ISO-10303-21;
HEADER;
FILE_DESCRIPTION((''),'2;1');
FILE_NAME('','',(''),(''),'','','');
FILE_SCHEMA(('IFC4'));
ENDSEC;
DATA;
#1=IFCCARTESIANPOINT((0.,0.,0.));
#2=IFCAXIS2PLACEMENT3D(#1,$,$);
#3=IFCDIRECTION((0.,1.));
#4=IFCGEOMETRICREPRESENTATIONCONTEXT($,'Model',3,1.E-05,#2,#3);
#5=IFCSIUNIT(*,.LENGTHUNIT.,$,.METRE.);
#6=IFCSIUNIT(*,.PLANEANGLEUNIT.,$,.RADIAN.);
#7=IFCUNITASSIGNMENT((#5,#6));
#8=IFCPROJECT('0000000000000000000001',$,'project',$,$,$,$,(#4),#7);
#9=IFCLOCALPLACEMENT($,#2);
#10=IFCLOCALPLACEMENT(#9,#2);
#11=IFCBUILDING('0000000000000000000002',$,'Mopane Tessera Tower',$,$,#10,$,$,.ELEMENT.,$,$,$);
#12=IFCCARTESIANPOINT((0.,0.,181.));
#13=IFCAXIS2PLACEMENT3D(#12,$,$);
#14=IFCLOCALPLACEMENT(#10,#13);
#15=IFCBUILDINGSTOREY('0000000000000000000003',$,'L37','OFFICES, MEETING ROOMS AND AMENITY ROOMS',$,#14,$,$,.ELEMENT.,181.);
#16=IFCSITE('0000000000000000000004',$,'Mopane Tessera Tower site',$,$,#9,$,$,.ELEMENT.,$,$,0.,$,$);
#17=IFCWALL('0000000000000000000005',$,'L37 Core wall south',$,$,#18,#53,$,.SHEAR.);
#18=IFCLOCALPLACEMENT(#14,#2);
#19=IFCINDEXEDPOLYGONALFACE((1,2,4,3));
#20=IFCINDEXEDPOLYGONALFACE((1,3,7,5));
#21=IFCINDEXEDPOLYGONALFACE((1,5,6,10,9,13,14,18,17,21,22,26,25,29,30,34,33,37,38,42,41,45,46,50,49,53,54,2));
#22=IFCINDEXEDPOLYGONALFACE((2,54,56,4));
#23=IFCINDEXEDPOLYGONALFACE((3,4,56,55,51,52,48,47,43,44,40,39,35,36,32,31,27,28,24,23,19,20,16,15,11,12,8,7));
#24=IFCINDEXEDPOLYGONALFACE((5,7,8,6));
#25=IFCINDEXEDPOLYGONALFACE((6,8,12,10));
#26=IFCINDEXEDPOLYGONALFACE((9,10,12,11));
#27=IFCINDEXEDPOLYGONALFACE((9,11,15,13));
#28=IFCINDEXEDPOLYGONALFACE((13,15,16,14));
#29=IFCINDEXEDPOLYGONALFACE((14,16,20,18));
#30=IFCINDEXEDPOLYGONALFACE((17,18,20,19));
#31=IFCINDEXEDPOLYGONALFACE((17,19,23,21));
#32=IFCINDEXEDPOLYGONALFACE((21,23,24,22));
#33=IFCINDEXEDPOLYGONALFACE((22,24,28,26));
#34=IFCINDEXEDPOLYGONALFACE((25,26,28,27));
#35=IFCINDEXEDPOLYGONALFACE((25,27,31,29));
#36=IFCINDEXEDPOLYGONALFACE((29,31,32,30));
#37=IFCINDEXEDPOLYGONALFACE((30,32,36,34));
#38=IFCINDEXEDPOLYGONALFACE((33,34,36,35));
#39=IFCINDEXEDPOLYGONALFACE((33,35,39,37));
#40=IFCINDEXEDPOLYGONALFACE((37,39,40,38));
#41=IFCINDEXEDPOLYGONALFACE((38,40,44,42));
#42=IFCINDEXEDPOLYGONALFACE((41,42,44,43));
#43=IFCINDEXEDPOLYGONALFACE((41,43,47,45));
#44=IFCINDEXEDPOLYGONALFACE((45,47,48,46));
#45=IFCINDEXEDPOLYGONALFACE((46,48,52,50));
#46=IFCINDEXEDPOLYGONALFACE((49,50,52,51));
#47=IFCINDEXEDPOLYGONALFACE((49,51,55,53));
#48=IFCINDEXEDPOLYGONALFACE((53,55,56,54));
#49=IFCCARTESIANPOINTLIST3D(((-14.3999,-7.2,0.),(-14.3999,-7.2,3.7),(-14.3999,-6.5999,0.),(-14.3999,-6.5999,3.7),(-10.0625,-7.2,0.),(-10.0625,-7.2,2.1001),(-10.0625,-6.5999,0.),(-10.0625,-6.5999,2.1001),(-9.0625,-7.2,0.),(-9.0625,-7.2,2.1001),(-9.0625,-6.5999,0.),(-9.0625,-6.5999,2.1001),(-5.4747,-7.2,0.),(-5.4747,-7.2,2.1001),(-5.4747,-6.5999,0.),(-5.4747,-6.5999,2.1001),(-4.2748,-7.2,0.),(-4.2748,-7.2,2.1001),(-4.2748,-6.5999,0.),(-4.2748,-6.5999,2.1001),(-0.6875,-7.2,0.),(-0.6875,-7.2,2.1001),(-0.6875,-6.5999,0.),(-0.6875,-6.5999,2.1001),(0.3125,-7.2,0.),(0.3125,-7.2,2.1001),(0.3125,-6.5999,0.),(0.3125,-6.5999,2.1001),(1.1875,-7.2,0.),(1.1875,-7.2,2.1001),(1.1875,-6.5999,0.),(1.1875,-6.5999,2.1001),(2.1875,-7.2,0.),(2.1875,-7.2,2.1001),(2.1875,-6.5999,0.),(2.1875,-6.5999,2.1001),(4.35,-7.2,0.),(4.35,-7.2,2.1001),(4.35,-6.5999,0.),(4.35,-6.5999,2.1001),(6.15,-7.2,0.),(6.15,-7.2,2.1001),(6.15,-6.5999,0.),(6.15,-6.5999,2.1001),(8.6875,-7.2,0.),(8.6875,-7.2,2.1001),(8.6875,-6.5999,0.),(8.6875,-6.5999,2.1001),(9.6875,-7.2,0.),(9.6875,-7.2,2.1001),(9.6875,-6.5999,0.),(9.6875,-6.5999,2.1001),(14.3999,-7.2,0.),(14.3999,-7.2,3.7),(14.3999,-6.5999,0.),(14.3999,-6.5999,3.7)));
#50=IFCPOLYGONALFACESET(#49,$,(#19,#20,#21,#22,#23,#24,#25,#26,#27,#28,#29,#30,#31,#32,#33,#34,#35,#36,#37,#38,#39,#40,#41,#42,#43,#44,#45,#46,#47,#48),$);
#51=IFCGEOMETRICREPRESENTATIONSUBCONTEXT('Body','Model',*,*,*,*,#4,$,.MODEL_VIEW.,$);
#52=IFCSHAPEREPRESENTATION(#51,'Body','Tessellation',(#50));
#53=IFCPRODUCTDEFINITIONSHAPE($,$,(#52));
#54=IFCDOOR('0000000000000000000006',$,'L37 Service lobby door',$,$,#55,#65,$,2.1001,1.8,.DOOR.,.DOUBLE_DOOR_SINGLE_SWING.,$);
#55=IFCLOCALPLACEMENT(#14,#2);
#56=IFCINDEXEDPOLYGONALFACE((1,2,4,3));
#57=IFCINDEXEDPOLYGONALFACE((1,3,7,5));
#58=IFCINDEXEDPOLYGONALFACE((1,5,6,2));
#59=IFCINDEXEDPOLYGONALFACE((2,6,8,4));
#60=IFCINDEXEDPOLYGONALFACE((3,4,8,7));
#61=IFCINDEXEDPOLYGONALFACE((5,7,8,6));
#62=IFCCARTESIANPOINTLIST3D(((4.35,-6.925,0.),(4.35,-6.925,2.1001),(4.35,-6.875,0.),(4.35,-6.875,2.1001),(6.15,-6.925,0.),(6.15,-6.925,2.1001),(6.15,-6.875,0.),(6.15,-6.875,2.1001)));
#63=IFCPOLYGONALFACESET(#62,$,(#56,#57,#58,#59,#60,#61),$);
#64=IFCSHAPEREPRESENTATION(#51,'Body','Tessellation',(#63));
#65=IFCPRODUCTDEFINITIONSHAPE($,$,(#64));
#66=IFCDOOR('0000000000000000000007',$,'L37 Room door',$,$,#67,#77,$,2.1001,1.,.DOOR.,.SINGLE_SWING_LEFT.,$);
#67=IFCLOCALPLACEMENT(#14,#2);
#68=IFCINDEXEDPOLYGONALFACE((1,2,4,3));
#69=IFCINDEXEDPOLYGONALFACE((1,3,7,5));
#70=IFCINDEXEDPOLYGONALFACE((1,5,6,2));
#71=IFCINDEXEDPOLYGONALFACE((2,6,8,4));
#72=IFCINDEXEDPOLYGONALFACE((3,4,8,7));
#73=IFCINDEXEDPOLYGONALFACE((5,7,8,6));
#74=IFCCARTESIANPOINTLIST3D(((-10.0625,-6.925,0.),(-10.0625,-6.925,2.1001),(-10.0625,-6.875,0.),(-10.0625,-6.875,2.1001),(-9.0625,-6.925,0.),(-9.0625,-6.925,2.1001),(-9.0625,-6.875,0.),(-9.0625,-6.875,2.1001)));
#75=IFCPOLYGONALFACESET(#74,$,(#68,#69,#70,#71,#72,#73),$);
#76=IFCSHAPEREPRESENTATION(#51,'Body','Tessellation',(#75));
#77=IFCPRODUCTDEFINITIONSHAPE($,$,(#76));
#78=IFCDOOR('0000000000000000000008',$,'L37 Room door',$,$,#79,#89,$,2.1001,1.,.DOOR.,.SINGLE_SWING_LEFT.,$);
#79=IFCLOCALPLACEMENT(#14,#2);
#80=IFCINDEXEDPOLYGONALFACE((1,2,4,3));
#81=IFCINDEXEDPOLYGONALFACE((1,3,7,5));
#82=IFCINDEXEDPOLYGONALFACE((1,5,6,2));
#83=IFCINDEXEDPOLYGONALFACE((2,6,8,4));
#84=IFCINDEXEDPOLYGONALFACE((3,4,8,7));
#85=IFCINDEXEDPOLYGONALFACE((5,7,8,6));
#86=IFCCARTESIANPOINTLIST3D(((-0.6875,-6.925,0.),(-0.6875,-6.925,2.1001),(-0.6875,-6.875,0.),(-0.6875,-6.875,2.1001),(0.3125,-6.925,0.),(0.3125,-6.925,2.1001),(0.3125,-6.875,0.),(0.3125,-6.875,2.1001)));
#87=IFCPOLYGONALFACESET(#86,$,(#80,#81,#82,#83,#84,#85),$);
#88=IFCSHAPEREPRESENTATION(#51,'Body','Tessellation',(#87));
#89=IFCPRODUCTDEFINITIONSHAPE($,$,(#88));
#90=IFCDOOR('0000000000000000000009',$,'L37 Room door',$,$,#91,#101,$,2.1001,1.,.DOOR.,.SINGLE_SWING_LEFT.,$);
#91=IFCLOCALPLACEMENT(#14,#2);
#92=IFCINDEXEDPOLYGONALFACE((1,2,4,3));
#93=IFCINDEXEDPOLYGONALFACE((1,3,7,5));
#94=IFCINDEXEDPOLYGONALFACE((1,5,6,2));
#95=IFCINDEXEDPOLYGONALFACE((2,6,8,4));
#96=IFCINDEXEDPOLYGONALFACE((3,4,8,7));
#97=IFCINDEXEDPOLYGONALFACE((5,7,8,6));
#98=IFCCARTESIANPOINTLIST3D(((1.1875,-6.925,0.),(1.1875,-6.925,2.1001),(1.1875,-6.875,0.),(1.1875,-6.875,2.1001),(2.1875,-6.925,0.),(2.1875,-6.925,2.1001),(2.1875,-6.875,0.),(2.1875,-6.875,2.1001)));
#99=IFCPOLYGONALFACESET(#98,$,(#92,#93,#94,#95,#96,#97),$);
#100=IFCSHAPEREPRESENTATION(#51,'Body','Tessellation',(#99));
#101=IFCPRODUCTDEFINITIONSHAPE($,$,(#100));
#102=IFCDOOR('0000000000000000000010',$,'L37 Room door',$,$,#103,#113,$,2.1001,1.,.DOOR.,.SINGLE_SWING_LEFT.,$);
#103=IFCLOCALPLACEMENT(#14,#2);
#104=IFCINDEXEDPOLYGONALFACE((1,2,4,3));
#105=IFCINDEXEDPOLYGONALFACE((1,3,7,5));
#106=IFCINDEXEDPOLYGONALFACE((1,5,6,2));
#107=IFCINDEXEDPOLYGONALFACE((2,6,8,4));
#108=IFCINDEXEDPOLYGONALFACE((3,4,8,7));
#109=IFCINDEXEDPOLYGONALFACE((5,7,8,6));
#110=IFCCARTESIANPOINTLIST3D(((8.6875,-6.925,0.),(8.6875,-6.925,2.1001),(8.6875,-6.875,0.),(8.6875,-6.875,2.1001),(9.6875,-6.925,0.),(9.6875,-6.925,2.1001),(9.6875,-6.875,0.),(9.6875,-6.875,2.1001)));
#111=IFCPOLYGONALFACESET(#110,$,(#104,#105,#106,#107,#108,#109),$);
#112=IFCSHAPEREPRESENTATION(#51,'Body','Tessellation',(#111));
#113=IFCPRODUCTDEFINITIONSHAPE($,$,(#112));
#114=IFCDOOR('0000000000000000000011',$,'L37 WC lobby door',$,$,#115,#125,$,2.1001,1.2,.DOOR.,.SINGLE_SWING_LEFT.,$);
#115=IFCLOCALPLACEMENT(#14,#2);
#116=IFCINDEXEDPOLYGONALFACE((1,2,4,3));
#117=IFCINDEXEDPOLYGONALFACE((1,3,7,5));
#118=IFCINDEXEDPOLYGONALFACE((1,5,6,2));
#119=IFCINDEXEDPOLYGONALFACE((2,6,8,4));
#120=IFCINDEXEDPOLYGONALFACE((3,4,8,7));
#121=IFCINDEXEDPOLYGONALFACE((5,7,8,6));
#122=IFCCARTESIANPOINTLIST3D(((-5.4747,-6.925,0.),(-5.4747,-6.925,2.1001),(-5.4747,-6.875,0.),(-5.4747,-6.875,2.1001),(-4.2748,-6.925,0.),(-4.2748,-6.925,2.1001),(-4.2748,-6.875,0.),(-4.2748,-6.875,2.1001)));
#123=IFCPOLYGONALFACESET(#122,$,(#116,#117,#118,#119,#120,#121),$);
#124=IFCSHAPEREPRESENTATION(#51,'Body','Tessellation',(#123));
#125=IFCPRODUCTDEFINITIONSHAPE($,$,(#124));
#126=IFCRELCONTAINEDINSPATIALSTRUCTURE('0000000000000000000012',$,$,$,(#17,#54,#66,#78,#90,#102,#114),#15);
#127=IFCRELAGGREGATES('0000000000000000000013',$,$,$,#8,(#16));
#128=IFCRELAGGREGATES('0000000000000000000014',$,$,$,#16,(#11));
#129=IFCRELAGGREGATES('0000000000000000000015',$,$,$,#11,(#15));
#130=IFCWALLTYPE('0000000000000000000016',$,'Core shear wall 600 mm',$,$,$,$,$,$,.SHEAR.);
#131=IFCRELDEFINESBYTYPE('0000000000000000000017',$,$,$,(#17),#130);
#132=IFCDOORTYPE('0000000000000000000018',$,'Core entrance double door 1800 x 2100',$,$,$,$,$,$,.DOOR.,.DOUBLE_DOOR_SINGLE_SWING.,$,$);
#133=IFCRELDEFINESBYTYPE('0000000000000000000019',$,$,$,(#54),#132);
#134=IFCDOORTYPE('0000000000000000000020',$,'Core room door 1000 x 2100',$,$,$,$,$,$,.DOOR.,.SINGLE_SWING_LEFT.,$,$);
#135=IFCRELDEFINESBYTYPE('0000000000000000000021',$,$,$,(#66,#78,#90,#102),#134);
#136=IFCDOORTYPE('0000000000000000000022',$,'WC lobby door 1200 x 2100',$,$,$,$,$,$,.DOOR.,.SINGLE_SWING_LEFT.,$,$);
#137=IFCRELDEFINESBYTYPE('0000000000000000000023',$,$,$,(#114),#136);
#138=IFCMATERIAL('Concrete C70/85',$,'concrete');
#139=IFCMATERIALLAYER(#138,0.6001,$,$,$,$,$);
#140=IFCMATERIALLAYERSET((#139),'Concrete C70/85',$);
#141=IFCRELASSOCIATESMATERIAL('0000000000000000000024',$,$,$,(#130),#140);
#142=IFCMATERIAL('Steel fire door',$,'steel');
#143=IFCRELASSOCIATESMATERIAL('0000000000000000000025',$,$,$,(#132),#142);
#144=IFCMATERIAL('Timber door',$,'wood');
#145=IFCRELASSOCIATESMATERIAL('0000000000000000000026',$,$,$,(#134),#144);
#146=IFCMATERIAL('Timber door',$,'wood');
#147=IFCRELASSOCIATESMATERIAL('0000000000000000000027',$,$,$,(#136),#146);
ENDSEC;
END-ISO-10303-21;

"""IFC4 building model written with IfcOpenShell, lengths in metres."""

from ifc_helpers import new_model, si_unit, direction, frame, frame_2d, origin, place, context, subcontext, project, spatial, rectangle, extrude, material, layer, layer_set, type_object, element, fill, save


model = new_model("IFC4")

# Units and contexts
model_context = context("Model", 3, precision=1e-05, world=origin(), true_north=direction((0.0, 1.0)))
body_context = subcontext(model_context, "Body", "Model", "MODEL_VIEW")
ifc_project = project(units=[si_unit("LENGTHUNIT", "METRE"), si_unit("PLANEANGLEUNIT", "RADIAN")], contexts=[model_context])

# Site, building, storey
site_placement = place(None, origin())
site = spatial("IfcSite", under=ifc_project, at=site_placement, Name="Mopane Tessera Tower site", CompositionType="ELEMENT", RefElevation=0.0)
building_placement = place(site_placement, origin())
building = spatial("IfcBuilding", under=site, at=building_placement, Name="Mopane Tessera Tower", CompositionType="ELEMENT")
storey_placement = place(building_placement, frame((0.0, 0.0, 181.0)))
storey = spatial("IfcBuildingStorey", under=building, at=storey_placement, Name="L37", Description="OFFICES, MEETING ROOMS AND AMENITY ROOMS", CompositionType="ELEMENT", Elevation=181.0)

# Wall, openings, doors
ifc_material_1 = material(Name="Concrete C70/85", Category="concrete")
ifc_layer_1 = layer(ifc_material_1, 0.6001)
ifc_layer_set_1 = layer_set([ifc_layer_1], Name="Concrete C70/85")
wall_type_1 = type_object("IfcWallType", Name="Core shear wall 600 mm", PredefinedType="SHEAR", material=ifc_layer_set_1)
wall_1_placement = place(storey_placement, frame((-14.3999, -6.8999, 0.0), z_axis=(0.0, 0.0, 1.0), x_axis=(1.0, 0.0, 0.0)))
wall_1 = element("IfcWall", 1, at=wall_1_placement, inside=storey, type_object=wall_type_1, Name="L37 Core wall south", PredefinedType="SHEAR", context=body_context, shape_type="SweptSolid", body=[
    extrude(rectangle(XDim=28.7998, YDim=0.6001, at=frame_2d((14.3999, 0.0))), origin(), (0.0, 0.0, 1.0), 3.7),
])
opening_1_placement = place(wall_1_placement, frame((4.3374, 0.0, 0.0)))
opening_1 = element("IfcOpeningElement", 2, at=opening_1_placement, cuts=wall_1, PredefinedType="OPENING", context=body_context, shape_type="SweptSolid", body=[
    extrude(rectangle(XDim=1.0, YDim=2.1001, at=frame_2d((0.5, 1.05))), frame((0.0, 0.312, 0.0), z_axis=(0.0, -1.0, 0.0), x_axis=(1.0, 0.0, 0.0)), (0.0, 0.0, 1.0), 0.624),
])
opening_2_placement = place(wall_1_placement, frame((8.925, 0.0, 0.0)))
opening_2 = element("IfcOpeningElement", 3, at=opening_2_placement, cuts=wall_1, PredefinedType="OPENING", context=body_context, shape_type="SweptSolid", body=[
    extrude(rectangle(XDim=1.2, YDim=2.1001, at=frame_2d((0.6001, 1.05))), frame((0.0, 0.312, 0.0), z_axis=(0.0, -1.0, 0.0), x_axis=(1.0, 0.0, 0.0)), (0.0, 0.0, 1.0), 0.624),
])
opening_3_placement = place(wall_1_placement, frame((13.7124, 0.0, 0.0)))
opening_3 = element("IfcOpeningElement", 4, at=opening_3_placement, cuts=wall_1, PredefinedType="OPENING", context=body_context, shape_type="SweptSolid", body=[
    extrude(rectangle(XDim=1.0, YDim=2.1001, at=frame_2d((0.5, 1.05))), frame((0.0, 0.312, 0.0), z_axis=(0.0, -1.0, 0.0), x_axis=(1.0, 0.0, 0.0)), (0.0, 0.0, 1.0), 0.624),
])
opening_4_placement = place(wall_1_placement, frame((15.5874, 0.0, 0.0)))
opening_4 = element("IfcOpeningElement", 5, at=opening_4_placement, cuts=wall_1, PredefinedType="OPENING", context=body_context, shape_type="SweptSolid", body=[
    extrude(rectangle(XDim=1.0, YDim=2.1001, at=frame_2d((0.5, 1.05))), frame((0.0, 0.312, 0.0), z_axis=(0.0, -1.0, 0.0), x_axis=(1.0, 0.0, 0.0)), (0.0, 0.0, 1.0), 0.624),
])
opening_5_placement = place(wall_1_placement, frame((18.75, 0.0, 0.0)))
opening_5 = element("IfcOpeningElement", 6, at=opening_5_placement, cuts=wall_1, PredefinedType="OPENING", context=body_context, shape_type="SweptSolid", body=[
    extrude(rectangle(XDim=1.8, YDim=2.1001, at=frame_2d((0.8999, 1.05))), frame((0.0, 0.312, 0.0), z_axis=(0.0, -1.0, 0.0), x_axis=(1.0, 0.0, 0.0)), (0.0, 0.0, 1.0), 0.624),
])
opening_6_placement = place(wall_1_placement, frame((23.0874, 0.0, 0.0)))
opening_6 = element("IfcOpeningElement", 7, at=opening_6_placement, cuts=wall_1, PredefinedType="OPENING", context=body_context, shape_type="SweptSolid", body=[
    extrude(rectangle(XDim=1.0, YDim=2.1001, at=frame_2d((0.5, 1.05))), frame((0.0, 0.312, 0.0), z_axis=(0.0, -1.0, 0.0), x_axis=(1.0, 0.0, 0.0)), (0.0, 0.0, 1.0), 0.624),
])
ifc_material_2 = material(Name="Steel fire door", Category="steel")
door_type_1 = type_object("IfcDoorType", Name="Core entrance double door 1800 x 2100", OperationType="DOUBLE_DOOR_SINGLE_SWING", PredefinedType="DOOR", material=ifc_material_2)
door_1_placement = place(opening_5_placement, origin())
door_1 = element("IfcDoor", 8, at=door_1_placement, inside=storey, type_object=door_type_1, Name="L37 Service lobby door", OperationType="DOUBLE_DOOR_SINGLE_SWING", OverallHeight=2.1001, OverallWidth=1.8, PredefinedType="DOOR", context=body_context, shape_type="SweptSolid", body=[
    extrude(rectangle(XDim=1.8, YDim=2.1001, at=frame_2d((0.8999, 1.05))), frame((0.0, 0.0249, 0.0), z_axis=(0.0, -1.0, 0.0), x_axis=(1.0, 0.0, 0.0)), (0.0, 0.0, 1.0), 0.05),
])
fill(opening_5, door_1)
ifc_material_3 = material(Name="Timber door", Category="wood")
door_type_2 = type_object("IfcDoorType", Name="Core room door 1000 x 2100", OperationType="SINGLE_SWING_LEFT", PredefinedType="DOOR", material=ifc_material_3)
door_2_placement = place(opening_1_placement, origin())
door_2 = element("IfcDoor", 9, at=door_2_placement, inside=storey, type_object=door_type_2, Name="L37 Room door", OperationType="SINGLE_SWING_LEFT", OverallHeight=2.1001, OverallWidth=1.0, PredefinedType="DOOR", context=body_context, shape_type="SweptSolid", body=[
    extrude(rectangle(XDim=1.0, YDim=2.1001, at=frame_2d((0.5, 1.05))), frame((0.0, 0.0249, 0.0), z_axis=(0.0, -1.0, 0.0), x_axis=(1.0, 0.0, 0.0)), (0.0, 0.0, 1.0), 0.05),
])
fill(opening_1, door_2)
door_3_placement = place(opening_3_placement, origin())
door_3 = element("IfcDoor", 10, at=door_3_placement, inside=storey, type_object=door_type_2, Name="L37 Room door", OperationType="SINGLE_SWING_LEFT", OverallHeight=2.1001, OverallWidth=1.0, PredefinedType="DOOR", context=body_context, shape_type="SweptSolid", body=[
    extrude(rectangle(XDim=1.0, YDim=2.1001, at=frame_2d((0.5, 1.05))), frame((0.0, 0.0249, 0.0), z_axis=(0.0, -1.0, 0.0), x_axis=(1.0, 0.0, 0.0)), (0.0, 0.0, 1.0), 0.05),
])
fill(opening_3, door_3)
door_4_placement = place(opening_4_placement, origin())
door_4 = element("IfcDoor", 11, at=door_4_placement, inside=storey, type_object=door_type_2, Name="L37 Room door", OperationType="SINGLE_SWING_LEFT", OverallHeight=2.1001, OverallWidth=1.0, PredefinedType="DOOR", context=body_context, shape_type="SweptSolid", body=[
    extrude(rectangle(XDim=1.0, YDim=2.1001, at=frame_2d((0.5, 1.05))), frame((0.0, 0.0249, 0.0), z_axis=(0.0, -1.0, 0.0), x_axis=(1.0, 0.0, 0.0)), (0.0, 0.0, 1.0), 0.05),
])
fill(opening_4, door_4)
door_5_placement = place(opening_6_placement, origin())
door_5 = element("IfcDoor", 12, at=door_5_placement, inside=storey, type_object=door_type_2, Name="L37 Room door", OperationType="SINGLE_SWING_LEFT", OverallHeight=2.1001, OverallWidth=1.0, PredefinedType="DOOR", context=body_context, shape_type="SweptSolid", body=[
    extrude(rectangle(XDim=1.0, YDim=2.1001, at=frame_2d((0.5, 1.05))), frame((0.0, 0.0249, 0.0), z_axis=(0.0, -1.0, 0.0), x_axis=(1.0, 0.0, 0.0)), (0.0, 0.0, 1.0), 0.05),
])
fill(opening_6, door_5)
ifc_material_4 = material(Name="Timber door", Category="wood")
door_type_3 = type_object("IfcDoorType", Name="WC lobby door 1200 x 2100", OperationType="SINGLE_SWING_LEFT", PredefinedType="DOOR", material=ifc_material_4)
door_6_placement = place(opening_2_placement, origin())
door_6 = element("IfcDoor", 13, at=door_6_placement, inside=storey, type_object=door_type_3, Name="L37 WC lobby door", OperationType="SINGLE_SWING_LEFT", OverallHeight=2.1001, OverallWidth=1.2, PredefinedType="DOOR", context=body_context, shape_type="SweptSolid", body=[
    extrude(rectangle(XDim=1.2, YDim=2.1001, at=frame_2d((0.6001, 1.05))), frame((0.0, 0.0249, 0.0), z_axis=(0.0, -1.0, 0.0), x_axis=(1.0, 0.0, 0.0)), (0.0, 0.0, 1.0), 0.05),
])
fill(opening_2, door_6)

save(model, "model.ifc")
